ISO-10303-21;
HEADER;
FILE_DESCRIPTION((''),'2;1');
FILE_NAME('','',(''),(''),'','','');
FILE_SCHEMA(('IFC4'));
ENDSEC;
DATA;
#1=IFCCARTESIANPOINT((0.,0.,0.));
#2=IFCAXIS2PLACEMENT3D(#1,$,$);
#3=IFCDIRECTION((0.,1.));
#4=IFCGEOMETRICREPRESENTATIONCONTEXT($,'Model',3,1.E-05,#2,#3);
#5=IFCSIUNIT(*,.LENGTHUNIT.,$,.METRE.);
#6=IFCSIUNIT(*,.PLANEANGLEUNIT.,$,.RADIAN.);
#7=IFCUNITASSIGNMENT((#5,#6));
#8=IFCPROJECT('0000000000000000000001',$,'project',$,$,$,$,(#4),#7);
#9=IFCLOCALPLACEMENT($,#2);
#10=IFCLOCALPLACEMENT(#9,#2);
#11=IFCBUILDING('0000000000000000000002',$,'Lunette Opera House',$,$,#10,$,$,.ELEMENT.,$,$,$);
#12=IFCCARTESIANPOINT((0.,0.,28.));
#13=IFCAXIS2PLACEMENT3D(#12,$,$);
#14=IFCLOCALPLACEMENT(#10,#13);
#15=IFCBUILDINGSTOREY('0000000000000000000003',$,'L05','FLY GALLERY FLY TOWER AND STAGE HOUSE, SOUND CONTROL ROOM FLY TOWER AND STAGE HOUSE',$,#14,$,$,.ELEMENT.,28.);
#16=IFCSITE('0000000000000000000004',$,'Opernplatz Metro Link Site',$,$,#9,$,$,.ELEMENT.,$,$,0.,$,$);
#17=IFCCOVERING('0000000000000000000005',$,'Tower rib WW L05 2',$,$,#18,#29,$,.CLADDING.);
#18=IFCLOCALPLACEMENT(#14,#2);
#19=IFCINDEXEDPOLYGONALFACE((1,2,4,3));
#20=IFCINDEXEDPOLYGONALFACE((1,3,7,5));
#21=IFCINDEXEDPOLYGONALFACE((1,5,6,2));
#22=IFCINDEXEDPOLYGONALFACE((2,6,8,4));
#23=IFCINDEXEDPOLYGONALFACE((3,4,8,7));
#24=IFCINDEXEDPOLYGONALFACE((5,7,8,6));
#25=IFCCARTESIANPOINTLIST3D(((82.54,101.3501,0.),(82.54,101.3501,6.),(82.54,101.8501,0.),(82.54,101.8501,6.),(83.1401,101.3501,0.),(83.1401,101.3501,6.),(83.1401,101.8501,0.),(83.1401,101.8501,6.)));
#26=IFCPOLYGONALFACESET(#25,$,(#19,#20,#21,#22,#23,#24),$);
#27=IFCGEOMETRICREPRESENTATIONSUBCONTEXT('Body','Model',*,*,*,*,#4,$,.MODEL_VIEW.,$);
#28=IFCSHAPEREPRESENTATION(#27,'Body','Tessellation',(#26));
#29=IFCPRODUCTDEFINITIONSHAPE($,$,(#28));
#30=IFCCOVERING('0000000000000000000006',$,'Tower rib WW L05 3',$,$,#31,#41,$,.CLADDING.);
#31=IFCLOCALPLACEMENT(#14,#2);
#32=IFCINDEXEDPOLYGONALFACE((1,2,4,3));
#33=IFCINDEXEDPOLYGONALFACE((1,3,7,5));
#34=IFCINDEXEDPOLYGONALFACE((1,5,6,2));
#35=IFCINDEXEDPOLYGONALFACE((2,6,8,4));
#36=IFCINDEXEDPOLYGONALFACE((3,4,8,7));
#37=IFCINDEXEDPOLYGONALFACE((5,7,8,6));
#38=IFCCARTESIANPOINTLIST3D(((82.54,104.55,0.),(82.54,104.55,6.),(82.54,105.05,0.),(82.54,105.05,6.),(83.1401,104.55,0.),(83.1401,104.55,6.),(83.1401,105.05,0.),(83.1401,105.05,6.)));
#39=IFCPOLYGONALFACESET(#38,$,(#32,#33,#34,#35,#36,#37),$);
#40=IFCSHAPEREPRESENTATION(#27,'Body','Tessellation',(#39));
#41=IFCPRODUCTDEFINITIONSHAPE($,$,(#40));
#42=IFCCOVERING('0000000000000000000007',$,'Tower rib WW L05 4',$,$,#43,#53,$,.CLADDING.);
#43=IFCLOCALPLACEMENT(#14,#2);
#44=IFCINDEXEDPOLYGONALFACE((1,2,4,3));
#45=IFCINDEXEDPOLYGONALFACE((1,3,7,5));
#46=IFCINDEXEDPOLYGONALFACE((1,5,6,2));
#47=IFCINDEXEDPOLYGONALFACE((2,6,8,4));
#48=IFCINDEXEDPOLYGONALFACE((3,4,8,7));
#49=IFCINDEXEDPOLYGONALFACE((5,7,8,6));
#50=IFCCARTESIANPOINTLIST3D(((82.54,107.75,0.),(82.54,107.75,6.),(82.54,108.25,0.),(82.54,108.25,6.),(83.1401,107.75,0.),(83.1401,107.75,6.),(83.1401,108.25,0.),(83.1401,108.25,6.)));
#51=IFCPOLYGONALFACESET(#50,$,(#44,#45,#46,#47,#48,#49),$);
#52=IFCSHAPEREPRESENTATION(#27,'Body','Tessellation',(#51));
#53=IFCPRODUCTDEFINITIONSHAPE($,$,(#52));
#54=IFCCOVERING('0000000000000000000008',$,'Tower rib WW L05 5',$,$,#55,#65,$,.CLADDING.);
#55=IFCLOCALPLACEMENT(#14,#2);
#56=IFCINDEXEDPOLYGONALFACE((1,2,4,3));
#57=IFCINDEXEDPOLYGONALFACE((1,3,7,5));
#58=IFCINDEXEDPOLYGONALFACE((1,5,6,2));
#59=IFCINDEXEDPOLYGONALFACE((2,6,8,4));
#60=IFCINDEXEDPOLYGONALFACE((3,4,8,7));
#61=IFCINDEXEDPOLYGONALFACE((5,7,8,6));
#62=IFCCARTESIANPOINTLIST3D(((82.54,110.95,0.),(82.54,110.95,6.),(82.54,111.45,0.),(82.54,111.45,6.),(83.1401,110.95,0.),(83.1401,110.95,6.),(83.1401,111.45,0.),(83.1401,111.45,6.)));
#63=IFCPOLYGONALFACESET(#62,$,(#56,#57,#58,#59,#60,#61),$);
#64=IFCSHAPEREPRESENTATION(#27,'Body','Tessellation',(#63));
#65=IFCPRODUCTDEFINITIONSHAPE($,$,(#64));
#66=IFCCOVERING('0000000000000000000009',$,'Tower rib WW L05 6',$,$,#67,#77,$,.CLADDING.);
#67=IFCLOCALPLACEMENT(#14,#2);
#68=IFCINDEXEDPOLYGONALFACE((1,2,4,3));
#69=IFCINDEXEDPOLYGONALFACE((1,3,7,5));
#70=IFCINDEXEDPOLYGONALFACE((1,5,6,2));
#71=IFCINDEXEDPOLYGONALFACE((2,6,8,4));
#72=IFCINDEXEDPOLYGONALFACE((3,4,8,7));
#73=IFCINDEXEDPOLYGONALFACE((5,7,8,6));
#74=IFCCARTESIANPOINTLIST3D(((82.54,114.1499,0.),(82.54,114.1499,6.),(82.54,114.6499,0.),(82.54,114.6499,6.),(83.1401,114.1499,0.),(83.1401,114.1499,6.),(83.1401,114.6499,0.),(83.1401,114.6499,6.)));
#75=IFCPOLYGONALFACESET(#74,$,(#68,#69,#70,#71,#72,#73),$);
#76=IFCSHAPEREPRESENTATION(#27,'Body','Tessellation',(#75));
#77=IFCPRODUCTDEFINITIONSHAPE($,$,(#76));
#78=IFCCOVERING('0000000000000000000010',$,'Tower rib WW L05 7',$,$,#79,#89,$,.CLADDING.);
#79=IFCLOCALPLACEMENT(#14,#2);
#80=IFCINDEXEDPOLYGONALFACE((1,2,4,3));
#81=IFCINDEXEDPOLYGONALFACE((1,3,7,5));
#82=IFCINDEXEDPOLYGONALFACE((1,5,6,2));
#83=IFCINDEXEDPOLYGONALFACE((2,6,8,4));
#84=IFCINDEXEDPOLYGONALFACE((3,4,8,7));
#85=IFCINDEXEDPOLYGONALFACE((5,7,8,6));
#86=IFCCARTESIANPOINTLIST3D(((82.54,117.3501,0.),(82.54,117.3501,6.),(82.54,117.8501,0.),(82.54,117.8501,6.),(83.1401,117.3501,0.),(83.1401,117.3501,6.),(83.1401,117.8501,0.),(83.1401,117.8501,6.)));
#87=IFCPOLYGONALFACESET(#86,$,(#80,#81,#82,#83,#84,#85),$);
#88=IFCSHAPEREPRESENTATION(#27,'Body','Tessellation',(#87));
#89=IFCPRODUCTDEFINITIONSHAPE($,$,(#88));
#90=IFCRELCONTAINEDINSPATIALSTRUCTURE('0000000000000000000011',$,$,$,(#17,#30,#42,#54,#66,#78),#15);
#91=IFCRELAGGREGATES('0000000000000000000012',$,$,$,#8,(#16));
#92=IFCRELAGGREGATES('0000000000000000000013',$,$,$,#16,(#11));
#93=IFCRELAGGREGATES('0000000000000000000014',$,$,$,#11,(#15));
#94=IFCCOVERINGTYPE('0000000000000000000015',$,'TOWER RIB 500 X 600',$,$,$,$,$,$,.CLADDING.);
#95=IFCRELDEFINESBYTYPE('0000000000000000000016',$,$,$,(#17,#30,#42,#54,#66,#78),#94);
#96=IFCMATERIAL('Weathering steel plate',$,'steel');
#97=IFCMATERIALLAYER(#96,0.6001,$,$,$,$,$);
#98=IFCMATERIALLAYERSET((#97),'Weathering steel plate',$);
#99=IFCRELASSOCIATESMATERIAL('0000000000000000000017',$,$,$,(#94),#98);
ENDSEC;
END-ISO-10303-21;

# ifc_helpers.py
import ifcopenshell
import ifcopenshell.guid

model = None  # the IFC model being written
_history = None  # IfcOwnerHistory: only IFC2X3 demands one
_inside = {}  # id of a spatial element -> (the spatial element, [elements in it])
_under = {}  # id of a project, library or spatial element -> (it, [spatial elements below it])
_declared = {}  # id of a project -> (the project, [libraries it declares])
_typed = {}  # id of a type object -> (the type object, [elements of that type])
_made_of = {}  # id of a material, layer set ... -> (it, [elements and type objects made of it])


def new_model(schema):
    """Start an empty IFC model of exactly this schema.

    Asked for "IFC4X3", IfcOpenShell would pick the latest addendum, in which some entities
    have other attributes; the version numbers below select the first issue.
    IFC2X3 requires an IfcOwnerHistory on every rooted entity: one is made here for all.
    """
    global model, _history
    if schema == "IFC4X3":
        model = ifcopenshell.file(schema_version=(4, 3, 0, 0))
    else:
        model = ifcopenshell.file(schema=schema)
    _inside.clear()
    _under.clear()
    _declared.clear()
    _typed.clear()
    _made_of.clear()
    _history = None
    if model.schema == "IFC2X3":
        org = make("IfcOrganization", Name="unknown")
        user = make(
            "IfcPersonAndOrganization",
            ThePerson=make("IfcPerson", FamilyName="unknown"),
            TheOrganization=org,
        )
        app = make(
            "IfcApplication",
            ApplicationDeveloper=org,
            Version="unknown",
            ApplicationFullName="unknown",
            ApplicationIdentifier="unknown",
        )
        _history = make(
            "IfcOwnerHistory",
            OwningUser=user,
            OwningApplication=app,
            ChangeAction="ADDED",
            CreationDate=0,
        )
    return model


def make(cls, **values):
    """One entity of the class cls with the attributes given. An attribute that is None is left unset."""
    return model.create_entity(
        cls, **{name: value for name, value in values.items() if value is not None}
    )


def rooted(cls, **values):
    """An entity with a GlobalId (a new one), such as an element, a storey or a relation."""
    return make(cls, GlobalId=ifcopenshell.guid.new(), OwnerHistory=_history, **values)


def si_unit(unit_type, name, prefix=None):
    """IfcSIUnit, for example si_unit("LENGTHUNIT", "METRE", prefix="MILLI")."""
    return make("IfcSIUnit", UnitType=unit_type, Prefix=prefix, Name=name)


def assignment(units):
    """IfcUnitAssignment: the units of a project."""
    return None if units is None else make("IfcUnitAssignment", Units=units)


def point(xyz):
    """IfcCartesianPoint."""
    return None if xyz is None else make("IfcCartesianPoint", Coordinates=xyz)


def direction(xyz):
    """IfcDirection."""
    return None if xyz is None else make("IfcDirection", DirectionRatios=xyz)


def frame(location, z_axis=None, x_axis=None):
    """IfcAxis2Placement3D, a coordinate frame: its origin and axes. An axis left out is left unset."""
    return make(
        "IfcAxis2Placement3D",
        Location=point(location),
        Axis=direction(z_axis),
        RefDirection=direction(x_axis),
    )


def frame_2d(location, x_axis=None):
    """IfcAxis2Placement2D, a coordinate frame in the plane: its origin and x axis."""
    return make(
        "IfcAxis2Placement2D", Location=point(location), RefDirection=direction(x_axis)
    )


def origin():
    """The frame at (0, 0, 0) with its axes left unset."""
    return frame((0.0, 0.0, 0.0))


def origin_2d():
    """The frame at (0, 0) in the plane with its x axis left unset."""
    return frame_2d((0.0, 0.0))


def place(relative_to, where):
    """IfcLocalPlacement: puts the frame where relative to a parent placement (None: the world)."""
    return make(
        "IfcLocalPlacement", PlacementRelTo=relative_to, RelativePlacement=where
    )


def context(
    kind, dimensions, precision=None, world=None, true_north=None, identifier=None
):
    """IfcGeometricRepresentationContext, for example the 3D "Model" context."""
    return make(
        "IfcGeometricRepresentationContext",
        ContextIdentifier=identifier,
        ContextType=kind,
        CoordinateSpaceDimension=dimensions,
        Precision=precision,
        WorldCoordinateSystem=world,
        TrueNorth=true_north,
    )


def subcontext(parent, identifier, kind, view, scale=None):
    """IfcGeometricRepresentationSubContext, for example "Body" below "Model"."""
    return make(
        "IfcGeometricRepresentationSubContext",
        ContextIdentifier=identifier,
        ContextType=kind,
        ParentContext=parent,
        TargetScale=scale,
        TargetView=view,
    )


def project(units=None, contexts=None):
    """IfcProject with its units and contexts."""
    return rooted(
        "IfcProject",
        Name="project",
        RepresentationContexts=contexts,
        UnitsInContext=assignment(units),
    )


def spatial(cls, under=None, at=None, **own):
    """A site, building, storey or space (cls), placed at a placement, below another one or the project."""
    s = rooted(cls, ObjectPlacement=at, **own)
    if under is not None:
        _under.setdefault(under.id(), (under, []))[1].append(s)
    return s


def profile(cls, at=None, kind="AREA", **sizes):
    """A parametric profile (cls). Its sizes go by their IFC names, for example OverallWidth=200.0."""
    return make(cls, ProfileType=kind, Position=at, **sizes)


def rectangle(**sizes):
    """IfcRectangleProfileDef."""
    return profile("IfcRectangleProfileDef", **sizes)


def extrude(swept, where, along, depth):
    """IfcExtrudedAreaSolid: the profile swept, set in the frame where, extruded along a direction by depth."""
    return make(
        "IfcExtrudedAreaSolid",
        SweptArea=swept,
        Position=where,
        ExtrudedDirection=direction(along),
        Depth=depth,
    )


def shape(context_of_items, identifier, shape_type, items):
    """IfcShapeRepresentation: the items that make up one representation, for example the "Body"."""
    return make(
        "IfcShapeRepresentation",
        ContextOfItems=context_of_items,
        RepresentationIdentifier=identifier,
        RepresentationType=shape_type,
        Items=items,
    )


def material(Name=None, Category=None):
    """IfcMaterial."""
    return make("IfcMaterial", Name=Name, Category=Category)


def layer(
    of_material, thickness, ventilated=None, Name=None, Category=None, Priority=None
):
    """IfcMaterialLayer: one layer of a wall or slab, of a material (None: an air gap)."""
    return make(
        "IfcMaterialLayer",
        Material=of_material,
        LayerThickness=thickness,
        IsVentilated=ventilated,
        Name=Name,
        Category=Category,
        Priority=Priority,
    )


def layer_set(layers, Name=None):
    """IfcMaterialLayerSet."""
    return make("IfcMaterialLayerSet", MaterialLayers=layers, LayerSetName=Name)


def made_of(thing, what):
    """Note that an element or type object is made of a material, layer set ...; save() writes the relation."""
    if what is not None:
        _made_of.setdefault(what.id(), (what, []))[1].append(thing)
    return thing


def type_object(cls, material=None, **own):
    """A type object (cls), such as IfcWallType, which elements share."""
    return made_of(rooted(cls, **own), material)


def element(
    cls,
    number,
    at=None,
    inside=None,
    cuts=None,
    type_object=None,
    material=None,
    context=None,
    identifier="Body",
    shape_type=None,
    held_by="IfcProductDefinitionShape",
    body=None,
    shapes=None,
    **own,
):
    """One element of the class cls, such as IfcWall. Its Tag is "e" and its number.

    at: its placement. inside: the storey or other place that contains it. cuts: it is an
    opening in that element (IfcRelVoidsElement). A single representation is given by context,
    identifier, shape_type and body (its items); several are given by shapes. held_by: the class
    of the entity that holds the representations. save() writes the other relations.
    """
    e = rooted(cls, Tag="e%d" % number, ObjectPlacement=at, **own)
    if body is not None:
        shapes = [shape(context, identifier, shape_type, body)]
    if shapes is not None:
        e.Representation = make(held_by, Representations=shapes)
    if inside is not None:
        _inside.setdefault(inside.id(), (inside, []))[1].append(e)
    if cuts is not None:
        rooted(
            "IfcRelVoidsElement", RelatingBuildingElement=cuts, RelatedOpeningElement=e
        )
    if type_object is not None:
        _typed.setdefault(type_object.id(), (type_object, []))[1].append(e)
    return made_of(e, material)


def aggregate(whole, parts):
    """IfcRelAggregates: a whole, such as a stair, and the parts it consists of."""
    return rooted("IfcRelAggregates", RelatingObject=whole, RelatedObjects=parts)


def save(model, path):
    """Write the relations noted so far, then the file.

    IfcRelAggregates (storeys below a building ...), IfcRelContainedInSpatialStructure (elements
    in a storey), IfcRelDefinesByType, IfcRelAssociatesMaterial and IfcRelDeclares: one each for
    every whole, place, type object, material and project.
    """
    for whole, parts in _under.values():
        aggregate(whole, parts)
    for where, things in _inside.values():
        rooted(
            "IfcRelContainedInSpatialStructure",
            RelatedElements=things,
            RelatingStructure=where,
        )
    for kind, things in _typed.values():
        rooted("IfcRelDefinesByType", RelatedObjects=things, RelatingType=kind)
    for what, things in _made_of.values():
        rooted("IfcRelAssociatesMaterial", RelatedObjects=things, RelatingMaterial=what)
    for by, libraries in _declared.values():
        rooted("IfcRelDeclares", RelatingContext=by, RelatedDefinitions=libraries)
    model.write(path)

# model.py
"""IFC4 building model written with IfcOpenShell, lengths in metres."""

from ifc_helpers import new_model, si_unit, direction, frame, origin, origin_2d, place, context, subcontext, project, spatial, rectangle, extrude, material, layer, layer_set, type_object, element, save


model = new_model("IFC4")

# Units and contexts
model_context = context("Model", 3, precision=1e-05, world=origin(), true_north=direction((0.0, 1.0)))
body_context = subcontext(model_context, "Body", "Model", "MODEL_VIEW")
ifc_project = project(units=[si_unit("LENGTHUNIT", "METRE"), si_unit("PLANEANGLEUNIT", "RADIAN")], contexts=[model_context])

# Site, building, storey
site_placement = place(None, origin())
site = spatial("IfcSite", under=ifc_project, at=site_placement, Name="Opernplatz Metro Link Site", CompositionType="ELEMENT", RefElevation=0.0)
building_placement = place(site_placement, origin())
building = spatial("IfcBuilding", under=site, at=building_placement, Name="Lunette Opera House", CompositionType="ELEMENT")
storey_placement = place(building_placement, frame((0.0, 0.0, 28.0)))
storey = spatial("IfcBuildingStorey", under=building, at=storey_placement, Name="L05", Description="FLY GALLERY FLY TOWER AND STAGE HOUSE, SOUND CONTROL ROOM FLY TOWER AND STAGE HOUSE", CompositionType="ELEMENT", Elevation=28.0)

# Coverings
ifc_material_1 = material(Name="Weathering steel plate", Category="steel")
ifc_layer_1 = layer(ifc_material_1, 0.6001)
ifc_layer_set_1 = layer_set([ifc_layer_1], Name="Weathering steel plate")
covering_type = type_object("IfcCoveringType", Name="TOWER RIB 500 X 600", PredefinedType="CLADDING", material=ifc_layer_set_1)
for number, where, z_axis, x_axis, name in (
    (1, (82.8401, 101.6001, 0.0), (0.0, 0.0, 1.0), (0.0, 1.0, 0.0), "Tower rib WW L05 2"),
    (2, (82.8401, 104.8, 0.0), (0.0, 0.0, 1.0), (0.0, 1.0, 0.0), "Tower rib WW L05 3"),
    (3, (82.8401, 108.0, 0.0), (0.0, 0.0, 1.0), (0.0, 1.0, 0.0), "Tower rib WW L05 4"),
    (4, (82.8401, 111.2, 0.0), (0.0, 0.0, 1.0), (0.0, 1.0, 0.0), "Tower rib WW L05 5"),
    (5, (82.8401, 114.3999, 0.0), (0.0, 0.0, 1.0), (0.0, 1.0, 0.0), "Tower rib WW L05 6"),
    (6, (82.8401, 117.6001, 0.0), (0.0, 0.0, 1.0), (0.0, 1.0, 0.0), "Tower rib WW L05 7"),
):
    element("IfcCovering", number, at=place(storey_placement, frame(where, z_axis=z_axis, x_axis=x_axis)), inside=storey, type_object=covering_type, Name=name, PredefinedType="CLADDING", context=body_context, shape_type="SweptSolid", body=[
        extrude(rectangle(XDim=0.5, YDim=0.6001, at=origin_2d()), origin(), (0.0, 0.0, 1.0), 6.0),
    ])

save(model, "model.ifc")
